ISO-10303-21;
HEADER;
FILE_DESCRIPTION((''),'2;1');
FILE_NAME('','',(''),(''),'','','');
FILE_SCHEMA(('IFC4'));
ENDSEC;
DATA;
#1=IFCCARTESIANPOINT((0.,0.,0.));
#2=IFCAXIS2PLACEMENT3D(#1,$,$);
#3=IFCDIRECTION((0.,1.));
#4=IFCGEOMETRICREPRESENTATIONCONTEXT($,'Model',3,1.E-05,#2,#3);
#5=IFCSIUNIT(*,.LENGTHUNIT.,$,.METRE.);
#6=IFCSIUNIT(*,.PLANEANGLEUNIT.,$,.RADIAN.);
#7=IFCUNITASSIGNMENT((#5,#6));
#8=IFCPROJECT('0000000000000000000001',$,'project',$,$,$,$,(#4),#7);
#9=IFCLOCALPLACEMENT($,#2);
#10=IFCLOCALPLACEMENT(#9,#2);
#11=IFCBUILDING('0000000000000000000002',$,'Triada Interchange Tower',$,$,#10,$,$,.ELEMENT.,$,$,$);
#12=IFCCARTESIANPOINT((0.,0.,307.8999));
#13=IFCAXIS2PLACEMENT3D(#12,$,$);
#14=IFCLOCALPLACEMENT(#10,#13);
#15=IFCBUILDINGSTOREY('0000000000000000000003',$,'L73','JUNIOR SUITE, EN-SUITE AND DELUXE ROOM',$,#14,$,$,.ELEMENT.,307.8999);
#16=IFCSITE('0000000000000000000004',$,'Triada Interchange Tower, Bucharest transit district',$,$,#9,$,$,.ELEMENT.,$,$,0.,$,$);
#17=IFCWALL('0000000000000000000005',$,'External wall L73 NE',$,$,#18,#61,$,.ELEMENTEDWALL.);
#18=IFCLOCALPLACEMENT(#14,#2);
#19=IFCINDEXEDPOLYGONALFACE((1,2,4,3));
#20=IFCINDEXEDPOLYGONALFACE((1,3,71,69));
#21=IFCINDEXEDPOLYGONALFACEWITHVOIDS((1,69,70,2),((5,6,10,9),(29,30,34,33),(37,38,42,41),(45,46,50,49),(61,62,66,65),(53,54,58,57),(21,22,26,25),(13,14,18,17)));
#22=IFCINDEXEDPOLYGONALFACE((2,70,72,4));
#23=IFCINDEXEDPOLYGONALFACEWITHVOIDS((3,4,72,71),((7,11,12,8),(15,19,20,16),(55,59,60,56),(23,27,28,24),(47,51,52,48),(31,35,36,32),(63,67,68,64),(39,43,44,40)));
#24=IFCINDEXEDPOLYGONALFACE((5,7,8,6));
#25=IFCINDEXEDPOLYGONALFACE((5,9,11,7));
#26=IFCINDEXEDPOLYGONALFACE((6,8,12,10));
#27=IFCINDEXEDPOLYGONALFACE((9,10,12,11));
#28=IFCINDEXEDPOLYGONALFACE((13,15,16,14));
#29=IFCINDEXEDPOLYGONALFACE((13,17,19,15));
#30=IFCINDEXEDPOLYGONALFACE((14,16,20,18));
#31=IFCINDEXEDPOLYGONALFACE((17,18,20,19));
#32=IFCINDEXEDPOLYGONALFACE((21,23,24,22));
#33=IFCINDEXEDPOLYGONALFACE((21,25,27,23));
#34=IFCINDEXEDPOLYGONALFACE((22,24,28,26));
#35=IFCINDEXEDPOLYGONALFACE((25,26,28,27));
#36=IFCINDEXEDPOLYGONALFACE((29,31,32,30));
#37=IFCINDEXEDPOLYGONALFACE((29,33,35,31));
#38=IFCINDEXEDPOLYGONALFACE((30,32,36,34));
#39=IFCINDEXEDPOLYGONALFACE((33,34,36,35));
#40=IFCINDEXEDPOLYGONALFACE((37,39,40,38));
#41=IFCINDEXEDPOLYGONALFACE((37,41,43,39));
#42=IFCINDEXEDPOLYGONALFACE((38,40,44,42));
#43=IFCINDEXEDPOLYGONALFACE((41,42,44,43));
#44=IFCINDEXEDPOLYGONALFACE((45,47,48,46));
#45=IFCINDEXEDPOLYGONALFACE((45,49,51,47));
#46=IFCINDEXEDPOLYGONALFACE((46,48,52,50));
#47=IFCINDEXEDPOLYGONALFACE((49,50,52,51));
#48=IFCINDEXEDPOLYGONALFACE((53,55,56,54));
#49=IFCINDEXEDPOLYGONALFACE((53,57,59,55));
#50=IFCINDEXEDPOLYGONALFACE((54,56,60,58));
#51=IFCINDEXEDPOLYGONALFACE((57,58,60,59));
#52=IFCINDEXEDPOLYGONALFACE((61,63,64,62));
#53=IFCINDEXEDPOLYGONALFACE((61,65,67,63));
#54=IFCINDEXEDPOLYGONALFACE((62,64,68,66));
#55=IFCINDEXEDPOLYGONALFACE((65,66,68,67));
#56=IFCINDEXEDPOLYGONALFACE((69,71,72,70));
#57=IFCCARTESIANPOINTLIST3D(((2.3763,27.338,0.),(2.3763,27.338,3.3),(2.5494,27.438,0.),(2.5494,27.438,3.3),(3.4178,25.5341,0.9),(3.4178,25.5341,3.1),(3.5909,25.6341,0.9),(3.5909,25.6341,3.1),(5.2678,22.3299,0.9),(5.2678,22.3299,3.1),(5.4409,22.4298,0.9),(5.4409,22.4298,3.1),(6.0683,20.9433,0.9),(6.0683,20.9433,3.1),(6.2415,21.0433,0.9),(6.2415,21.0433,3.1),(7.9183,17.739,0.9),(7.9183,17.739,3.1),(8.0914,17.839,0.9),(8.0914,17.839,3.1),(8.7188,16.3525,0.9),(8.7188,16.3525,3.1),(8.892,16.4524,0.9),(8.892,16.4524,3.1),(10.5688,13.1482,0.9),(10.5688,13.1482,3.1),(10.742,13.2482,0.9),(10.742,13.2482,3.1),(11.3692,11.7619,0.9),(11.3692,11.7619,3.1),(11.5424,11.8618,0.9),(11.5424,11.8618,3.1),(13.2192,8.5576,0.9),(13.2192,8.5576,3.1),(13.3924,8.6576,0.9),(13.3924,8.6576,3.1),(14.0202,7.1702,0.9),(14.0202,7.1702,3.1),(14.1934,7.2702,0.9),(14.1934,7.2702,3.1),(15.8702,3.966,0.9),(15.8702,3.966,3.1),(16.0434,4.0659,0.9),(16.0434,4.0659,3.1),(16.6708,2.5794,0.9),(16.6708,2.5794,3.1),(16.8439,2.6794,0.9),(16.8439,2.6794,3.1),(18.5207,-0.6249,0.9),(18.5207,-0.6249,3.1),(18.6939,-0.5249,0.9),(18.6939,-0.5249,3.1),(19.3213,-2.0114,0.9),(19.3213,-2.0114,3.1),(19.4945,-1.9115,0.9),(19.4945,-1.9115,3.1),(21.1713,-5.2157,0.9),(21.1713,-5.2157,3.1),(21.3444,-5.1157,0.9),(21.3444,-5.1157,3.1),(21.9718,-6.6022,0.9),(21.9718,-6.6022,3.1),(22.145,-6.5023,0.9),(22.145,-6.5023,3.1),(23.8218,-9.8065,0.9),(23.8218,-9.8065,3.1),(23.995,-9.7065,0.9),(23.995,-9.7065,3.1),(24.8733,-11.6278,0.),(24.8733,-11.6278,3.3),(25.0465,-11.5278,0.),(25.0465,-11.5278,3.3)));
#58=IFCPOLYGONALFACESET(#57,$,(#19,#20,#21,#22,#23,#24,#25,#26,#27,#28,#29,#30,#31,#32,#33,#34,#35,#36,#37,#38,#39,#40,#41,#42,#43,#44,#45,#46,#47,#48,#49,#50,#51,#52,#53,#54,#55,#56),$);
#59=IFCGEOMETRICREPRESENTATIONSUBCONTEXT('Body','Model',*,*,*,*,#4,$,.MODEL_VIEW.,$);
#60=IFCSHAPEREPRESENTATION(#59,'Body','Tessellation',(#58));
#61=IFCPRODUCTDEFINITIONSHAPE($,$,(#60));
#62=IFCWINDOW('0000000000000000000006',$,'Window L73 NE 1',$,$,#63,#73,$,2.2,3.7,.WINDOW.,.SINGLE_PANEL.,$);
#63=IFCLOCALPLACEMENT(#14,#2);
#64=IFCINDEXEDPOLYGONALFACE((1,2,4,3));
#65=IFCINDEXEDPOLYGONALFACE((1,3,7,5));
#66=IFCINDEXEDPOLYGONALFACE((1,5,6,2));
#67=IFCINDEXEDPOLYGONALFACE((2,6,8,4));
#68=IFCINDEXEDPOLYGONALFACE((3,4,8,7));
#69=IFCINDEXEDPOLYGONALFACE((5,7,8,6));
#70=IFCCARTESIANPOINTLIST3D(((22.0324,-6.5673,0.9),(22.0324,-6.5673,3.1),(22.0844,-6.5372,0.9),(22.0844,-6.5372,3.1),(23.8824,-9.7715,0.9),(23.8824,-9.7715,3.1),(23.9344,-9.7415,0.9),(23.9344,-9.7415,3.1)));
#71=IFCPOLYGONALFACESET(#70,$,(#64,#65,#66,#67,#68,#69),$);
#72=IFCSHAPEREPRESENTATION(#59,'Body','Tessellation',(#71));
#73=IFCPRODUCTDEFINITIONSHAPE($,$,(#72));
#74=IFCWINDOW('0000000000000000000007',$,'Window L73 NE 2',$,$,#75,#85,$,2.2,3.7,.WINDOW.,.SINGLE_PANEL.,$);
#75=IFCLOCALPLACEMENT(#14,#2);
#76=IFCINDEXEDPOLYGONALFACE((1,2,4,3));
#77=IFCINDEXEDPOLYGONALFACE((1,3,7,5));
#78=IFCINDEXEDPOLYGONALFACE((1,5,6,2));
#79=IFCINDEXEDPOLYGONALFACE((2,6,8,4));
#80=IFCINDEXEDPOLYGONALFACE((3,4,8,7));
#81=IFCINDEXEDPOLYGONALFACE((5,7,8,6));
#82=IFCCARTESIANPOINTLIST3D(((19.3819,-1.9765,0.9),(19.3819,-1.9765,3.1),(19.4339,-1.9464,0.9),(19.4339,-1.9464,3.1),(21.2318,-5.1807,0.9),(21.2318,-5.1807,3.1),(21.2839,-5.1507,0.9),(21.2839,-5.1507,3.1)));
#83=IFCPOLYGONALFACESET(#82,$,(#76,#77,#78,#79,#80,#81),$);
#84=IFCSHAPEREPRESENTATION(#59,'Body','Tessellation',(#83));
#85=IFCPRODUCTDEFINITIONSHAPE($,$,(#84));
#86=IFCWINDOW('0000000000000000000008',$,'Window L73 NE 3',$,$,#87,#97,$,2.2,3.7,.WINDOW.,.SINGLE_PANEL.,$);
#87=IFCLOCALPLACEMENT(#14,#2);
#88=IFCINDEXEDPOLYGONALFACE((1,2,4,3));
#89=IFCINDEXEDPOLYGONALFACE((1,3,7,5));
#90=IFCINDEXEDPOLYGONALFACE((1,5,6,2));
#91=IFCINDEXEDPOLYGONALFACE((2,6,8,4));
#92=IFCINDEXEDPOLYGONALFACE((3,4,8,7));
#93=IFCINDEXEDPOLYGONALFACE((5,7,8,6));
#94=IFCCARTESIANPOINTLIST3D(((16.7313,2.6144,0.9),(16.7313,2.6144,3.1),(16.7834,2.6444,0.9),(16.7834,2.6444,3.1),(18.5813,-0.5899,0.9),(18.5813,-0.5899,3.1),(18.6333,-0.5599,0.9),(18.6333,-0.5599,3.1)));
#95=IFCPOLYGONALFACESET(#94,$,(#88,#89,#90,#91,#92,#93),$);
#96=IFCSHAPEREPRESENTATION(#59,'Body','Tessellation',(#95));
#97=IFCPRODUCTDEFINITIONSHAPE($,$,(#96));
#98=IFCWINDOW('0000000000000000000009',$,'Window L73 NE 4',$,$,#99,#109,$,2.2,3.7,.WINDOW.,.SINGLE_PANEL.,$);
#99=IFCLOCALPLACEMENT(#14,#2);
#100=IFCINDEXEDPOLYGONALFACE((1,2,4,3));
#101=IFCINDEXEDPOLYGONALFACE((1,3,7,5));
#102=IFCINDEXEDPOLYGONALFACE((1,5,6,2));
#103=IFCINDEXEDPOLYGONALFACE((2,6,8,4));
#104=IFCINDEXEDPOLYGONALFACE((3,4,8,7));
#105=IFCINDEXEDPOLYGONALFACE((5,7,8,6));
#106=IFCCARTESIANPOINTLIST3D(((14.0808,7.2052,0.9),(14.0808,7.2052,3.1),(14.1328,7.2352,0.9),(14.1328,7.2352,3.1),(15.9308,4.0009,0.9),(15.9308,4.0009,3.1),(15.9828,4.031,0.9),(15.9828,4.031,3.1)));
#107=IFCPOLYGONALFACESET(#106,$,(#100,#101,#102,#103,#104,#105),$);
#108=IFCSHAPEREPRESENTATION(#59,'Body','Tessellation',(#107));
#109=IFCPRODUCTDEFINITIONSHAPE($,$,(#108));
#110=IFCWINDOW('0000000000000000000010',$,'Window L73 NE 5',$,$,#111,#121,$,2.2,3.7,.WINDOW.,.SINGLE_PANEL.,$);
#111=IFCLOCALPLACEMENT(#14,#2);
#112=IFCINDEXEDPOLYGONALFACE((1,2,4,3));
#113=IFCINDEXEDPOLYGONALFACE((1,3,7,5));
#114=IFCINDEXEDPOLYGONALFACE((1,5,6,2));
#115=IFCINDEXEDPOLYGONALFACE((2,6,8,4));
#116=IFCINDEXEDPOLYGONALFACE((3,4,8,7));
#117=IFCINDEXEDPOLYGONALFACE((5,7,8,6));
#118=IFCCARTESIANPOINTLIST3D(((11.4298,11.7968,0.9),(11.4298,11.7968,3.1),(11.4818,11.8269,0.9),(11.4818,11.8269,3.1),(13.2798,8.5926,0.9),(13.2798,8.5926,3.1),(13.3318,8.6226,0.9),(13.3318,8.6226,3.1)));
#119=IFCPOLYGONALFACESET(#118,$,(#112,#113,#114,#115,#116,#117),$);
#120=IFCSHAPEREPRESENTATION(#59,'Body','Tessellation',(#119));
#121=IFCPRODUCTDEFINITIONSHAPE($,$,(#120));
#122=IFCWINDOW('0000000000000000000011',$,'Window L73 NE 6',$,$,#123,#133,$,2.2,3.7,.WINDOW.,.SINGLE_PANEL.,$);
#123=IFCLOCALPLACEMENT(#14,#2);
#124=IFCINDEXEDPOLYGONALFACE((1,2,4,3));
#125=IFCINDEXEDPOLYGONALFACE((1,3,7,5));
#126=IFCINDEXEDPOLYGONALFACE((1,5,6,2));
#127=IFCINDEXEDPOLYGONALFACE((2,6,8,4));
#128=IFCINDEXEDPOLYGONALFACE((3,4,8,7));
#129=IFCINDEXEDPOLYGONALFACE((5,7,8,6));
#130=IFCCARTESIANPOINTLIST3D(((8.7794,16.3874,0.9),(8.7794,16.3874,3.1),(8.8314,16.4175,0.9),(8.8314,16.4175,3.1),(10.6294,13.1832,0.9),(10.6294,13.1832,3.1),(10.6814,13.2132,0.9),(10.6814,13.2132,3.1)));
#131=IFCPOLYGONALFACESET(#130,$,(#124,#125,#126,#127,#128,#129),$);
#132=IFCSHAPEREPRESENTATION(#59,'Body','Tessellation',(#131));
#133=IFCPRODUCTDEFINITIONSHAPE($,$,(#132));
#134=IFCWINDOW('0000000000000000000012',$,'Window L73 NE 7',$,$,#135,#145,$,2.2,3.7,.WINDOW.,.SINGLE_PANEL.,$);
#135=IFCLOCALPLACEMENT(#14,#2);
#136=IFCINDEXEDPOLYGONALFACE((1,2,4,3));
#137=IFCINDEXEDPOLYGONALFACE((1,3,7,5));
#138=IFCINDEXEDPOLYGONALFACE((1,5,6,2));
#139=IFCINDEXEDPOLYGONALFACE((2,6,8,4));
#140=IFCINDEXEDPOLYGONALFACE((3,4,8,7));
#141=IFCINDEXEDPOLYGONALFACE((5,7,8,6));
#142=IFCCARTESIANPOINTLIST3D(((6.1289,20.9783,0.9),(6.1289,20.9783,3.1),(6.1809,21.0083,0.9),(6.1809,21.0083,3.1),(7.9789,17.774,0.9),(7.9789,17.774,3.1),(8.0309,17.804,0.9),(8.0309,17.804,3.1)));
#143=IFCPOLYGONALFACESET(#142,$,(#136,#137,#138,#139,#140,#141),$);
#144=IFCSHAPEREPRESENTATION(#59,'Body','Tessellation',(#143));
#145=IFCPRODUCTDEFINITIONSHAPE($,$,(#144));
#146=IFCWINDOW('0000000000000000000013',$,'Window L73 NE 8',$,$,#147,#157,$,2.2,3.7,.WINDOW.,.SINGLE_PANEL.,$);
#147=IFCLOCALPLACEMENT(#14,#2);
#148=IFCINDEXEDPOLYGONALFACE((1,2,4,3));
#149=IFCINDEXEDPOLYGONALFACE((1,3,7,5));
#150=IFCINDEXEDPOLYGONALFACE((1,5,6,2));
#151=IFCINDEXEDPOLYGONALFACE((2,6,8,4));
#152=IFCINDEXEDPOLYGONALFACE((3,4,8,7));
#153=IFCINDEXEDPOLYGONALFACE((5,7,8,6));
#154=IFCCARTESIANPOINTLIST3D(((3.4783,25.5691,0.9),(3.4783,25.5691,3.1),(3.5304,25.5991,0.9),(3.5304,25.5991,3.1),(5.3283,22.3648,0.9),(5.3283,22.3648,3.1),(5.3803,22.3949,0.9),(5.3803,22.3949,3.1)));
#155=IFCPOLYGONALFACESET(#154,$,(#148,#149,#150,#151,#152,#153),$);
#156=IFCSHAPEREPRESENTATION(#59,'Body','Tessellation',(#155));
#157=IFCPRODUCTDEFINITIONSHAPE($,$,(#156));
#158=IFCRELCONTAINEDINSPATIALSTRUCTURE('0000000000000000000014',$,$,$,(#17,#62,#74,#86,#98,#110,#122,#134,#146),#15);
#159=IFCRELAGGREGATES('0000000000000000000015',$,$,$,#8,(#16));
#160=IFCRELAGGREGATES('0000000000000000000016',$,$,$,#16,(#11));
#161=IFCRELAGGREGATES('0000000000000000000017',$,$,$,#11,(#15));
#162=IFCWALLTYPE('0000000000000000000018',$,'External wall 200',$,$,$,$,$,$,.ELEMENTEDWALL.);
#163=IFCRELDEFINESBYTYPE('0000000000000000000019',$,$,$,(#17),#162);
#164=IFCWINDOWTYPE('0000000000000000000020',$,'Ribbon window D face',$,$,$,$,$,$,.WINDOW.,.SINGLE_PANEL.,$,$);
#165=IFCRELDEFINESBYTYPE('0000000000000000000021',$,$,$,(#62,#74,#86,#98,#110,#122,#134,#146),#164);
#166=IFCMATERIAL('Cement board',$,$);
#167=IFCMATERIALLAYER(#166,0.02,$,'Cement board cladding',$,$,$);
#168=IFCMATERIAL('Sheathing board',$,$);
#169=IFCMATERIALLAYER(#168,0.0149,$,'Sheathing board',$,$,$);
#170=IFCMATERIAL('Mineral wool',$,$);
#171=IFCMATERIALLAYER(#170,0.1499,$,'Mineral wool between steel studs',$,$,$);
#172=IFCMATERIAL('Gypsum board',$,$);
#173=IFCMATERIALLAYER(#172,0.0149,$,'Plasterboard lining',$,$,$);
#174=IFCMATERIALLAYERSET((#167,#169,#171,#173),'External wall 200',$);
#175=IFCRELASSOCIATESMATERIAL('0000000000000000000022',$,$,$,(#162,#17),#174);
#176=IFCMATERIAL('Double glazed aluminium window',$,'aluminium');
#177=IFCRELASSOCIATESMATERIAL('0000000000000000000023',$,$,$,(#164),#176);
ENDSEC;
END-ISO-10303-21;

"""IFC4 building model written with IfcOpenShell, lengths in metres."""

from ifc_helpers import new_model, si_unit, direction, frame, frame_2d, origin, place, context, subcontext, project, spatial, rectangle, extrude, material, layer, layer_set, layer_usage, type_object, element, fill, save


model = new_model("IFC4")

# Units and contexts
model_context = context("Model", 3, precision=1e-05, world=origin(), true_north=direction((0.0, 1.0)))
body_context = subcontext(model_context, "Body", "Model", "MODEL_VIEW")
ifc_project = project(units=[si_unit("LENGTHUNIT", "METRE"), si_unit("PLANEANGLEUNIT", "RADIAN")], contexts=[model_context])

# Site, building, storey
site_placement = place(None, origin())
site = spatial("IfcSite", under=ifc_project, at=site_placement, Name="Triada Interchange Tower, Bucharest transit district", CompositionType="ELEMENT", RefElevation=0.0)
building_placement = place(site_placement, origin())
building = spatial("IfcBuilding", under=site, at=building_placement, Name="Triada Interchange Tower", CompositionType="ELEMENT")
storey_placement = place(building_placement, frame((0.0, 0.0, 307.8999)))
storey = spatial("IfcBuildingStorey", under=building, at=storey_placement, Name="L73", Description="JUNIOR SUITE, EN-SUITE AND DELUXE ROOM", CompositionType="ELEMENT", Elevation=307.8999)

# Shared definitions
ifc_material_1 = material(Name="Cement board")
ifc_layer_1 = layer(ifc_material_1, 0.02, Name="Cement board cladding")
ifc_material_2 = material(Name="Sheathing board")
ifc_layer_2 = layer(ifc_material_2, 0.0149, Name="Sheathing board")
ifc_material_3 = material(Name="Mineral wool")
ifc_layer_3 = layer(ifc_material_3, 0.1499, Name="Mineral wool between steel studs")
ifc_material_4 = material(Name="Gypsum board")
ifc_layer_4 = layer(ifc_material_4, 0.0149, Name="Plasterboard lining")
ifc_layer_set_1 = layer_set([ifc_layer_1, ifc_layer_2, ifc_layer_3, ifc_layer_4], Name="External wall 200")
ifc_layer_usage = layer_usage(ifc_layer_set_1, "AXIS2", "POSITIVE", -0.1001)
wall_type = type_object("IfcWallType", Name="External wall 200", PredefinedType="ELEMENTEDWALL", material=ifc_layer_set_1)
ifc_material_5 = material(Name="Double glazed aluminium window", Category="aluminium")

# Wall, openings, windows
wall_1_placement = place(storey_placement, frame((24.96, -11.5779, 0.0), z_axis=(0.0, 0.0, 1.0), x_axis=(-0.500002, 0.866024, 0.0)))
wall_1 = element("IfcWall", 1, at=wall_1_placement, inside=storey, type_object=wall_type, material=ifc_layer_usage, Name="External wall L73 NE", PredefinedType="ELEMENTEDWALL", context=body_context, shape_type="SweptSolid", body=[
    extrude(rectangle(XDim=44.9939, YDim=0.2, at=frame_2d((22.4971, 0.0))), origin(), (0.0, 0.0, 1.0), 3.3),
])
opening_1_placement = place(wall_1_placement, frame((2.103, 0.0, 0.8999)))
opening_1 = element("IfcOpeningElement", 2, at=opening_1_placement, cuts=wall_1, PredefinedType="OPENING", context=body_context, shape_type="SweptSolid", body=[
    extrude(rectangle(XDim=3.7, YDim=2.2, at=frame_2d((1.8501, 1.1001))), frame((0.0, 0.1099, 0.0), z_axis=(0.0, -1.0, 0.0), x_axis=(1.0, 0.0, 0.0)), (0.0, 0.0, 1.0), 0.22),
])
opening_2_placement = place(wall_1_placement, frame((7.4041, 0.0, 0.8999)))
opening_2 = element("IfcOpeningElement", 3, at=opening_2_placement, cuts=wall_1, PredefinedType="OPENING", context=body_context, shape_type="SweptSolid", body=[
    extrude(rectangle(XDim=3.7, YDim=2.2, at=frame_2d((1.8501, 1.1001))), frame((0.0, 0.1099, 0.0), z_axis=(0.0, -1.0, 0.0), x_axis=(1.0, 0.0, 0.0)), (0.0, 0.0, 1.0), 0.22),
])
opening_3_placement = place(wall_1_placement, frame((12.7051, 0.0, 0.8999)))
opening_3 = element("IfcOpeningElement", 4, at=opening_3_placement, cuts=wall_1, PredefinedType="OPENING", context=body_context, shape_type="SweptSolid", body=[
    extrude(rectangle(XDim=3.7, YDim=2.2, at=frame_2d((1.8501, 1.1001))), frame((0.0, 0.1099, 0.0), z_axis=(0.0, -1.0, 0.0), x_axis=(1.0, 0.0, 0.0)), (0.0, 0.0, 1.0), 0.22),
])
opening_4_placement = place(wall_1_placement, frame((18.0061, 0.0, 0.8999)))
opening_4 = element("IfcOpeningElement", 5, at=opening_4_placement, cuts=wall_1, PredefinedType="OPENING", context=body_context, shape_type="SweptSolid", body=[
    extrude(rectangle(XDim=3.7, YDim=2.2, at=frame_2d((1.8501, 1.1001))), frame((0.0, 0.1099, 0.0), z_axis=(0.0, -1.0, 0.0), x_axis=(1.0, 0.0, 0.0)), (0.0, 0.0, 1.0), 0.22),
])
opening_5_placement = place(wall_1_placement, frame((23.3081, 0.0, 0.8999)))
opening_5 = element("IfcOpeningElement", 6, at=opening_5_placement, cuts=wall_1, PredefinedType="OPENING", context=body_context, shape_type="SweptSolid", body=[
    extrude(rectangle(XDim=3.7, YDim=2.2, at=frame_2d((1.8501, 1.1001))), frame((0.0, 0.1099, 0.0), z_axis=(0.0, -1.0, 0.0), x_axis=(1.0, 0.0, 0.0)), (0.0, 0.0, 1.0), 0.22),
])
opening_6_placement = place(wall_1_placement, frame((28.6089, 0.0, 0.8999)))
opening_6 = element("IfcOpeningElement", 7, at=opening_6_placement, cuts=wall_1, PredefinedType="OPENING", context=body_context, shape_type="SweptSolid", body=[
    extrude(rectangle(XDim=3.7, YDim=2.2, at=frame_2d((1.8501, 1.1001))), frame((0.0, 0.1099, 0.0), z_axis=(0.0, -1.0, 0.0), x_axis=(1.0, 0.0, 0.0)), (0.0, 0.0, 1.0), 0.22),
])
opening_7_placement = place(wall_1_placement, frame((33.9099, 0.0, 0.8999)))
opening_7 = element("IfcOpeningElement", 8, at=opening_7_placement, cuts=wall_1, PredefinedType="OPENING", context=body_context, shape_type="SweptSolid", body=[
    extrude(rectangle(XDim=3.7, YDim=2.2, at=frame_2d((1.8501, 1.1001))), frame((0.0, 0.1099, 0.0), z_axis=(0.0, -1.0, 0.0), x_axis=(1.0, 0.0, 0.0)), (0.0, 0.0, 1.0), 0.22),
])
opening_8_placement = place(wall_1_placement, frame((39.2109, 0.0, 0.8999)))
opening_8 = element("IfcOpeningElement", 9, at=opening_8_placement, cuts=wall_1, PredefinedType="OPENING", context=body_context, shape_type="SweptSolid", body=[
    extrude(rectangle(XDim=3.7, YDim=2.2, at=frame_2d((1.8501, 1.1001))), frame((0.0, 0.1099, 0.0), z_axis=(0.0, -1.0, 0.0), x_axis=(1.0, 0.0, 0.0)), (0.0, 0.0, 1.0), 0.22),
])
window_type_1 = type_object("IfcWindowType", Name="Ribbon window D face", PartitioningType="SINGLE_PANEL", PredefinedType="WINDOW", material=ifc_material_5)
window_1_placement = place(opening_1_placement, origin())
window_1 = element("IfcWindow", 10, at=window_1_placement, inside=storey, type_object=window_type_1, Name="Window L73 NE 1", OverallHeight=2.2, OverallWidth=3.7, PartitioningType="SINGLE_PANEL", PredefinedType="WINDOW", context=body_context, shape_type="SweptSolid", body=[
    extrude(rectangle(XDim=3.7, YDim=2.2, at=frame_2d((1.8501, 1.1001))), frame((0.0, 0.03, 0.0), z_axis=(0.0, -1.0, 0.0), x_axis=(1.0, 0.0, 0.0)), (0.0, 0.0, 1.0), 0.0601),
])
fill(opening_1, window_1)
window_2_placement = place(opening_2_placement, origin())
window_2 = element("IfcWindow", 11, at=window_2_placement, inside=storey, type_object=window_type_1, Name="Window L73 NE 2", OverallHeight=2.2, OverallWidth=3.7, PartitioningType="SINGLE_PANEL", PredefinedType="WINDOW", context=body_context, shape_type="SweptSolid", body=[
    extrude(rectangle(XDim=3.7, YDim=2.2, at=frame_2d((1.8501, 1.1001))), frame((0.0, 0.03, 0.0), z_axis=(0.0, -1.0, 0.0), x_axis=(1.0, 0.0, 0.0)), (0.0, 0.0, 1.0), 0.0601),
])
fill(opening_2, window_2)
window_3_placement = place(opening_3_placement, origin())
window_3 = element("IfcWindow", 12, at=window_3_placement, inside=storey, type_object=window_type_1, Name="Window L73 NE 3", OverallHeight=2.2, OverallWidth=3.7, PartitioningType="SINGLE_PANEL", PredefinedType="WINDOW", context=body_context, shape_type="SweptSolid", body=[
    extrude(rectangle(XDim=3.7, YDim=2.2, at=frame_2d((1.8501, 1.1001))), frame((0.0, 0.03, 0.0), z_axis=(0.0, -1.0, 0.0), x_axis=(1.0, 0.0, 0.0)), (0.0, 0.0, 1.0), 0.0601),
])
fill(opening_3, window_3)
window_4_placement = place(opening_4_placement, origin())
window_4 = element("IfcWindow", 13, at=window_4_placement, inside=storey, type_object=window_type_1, Name="Window L73 NE 4", OverallHeight=2.2, OverallWidth=3.7, PartitioningType="SINGLE_PANEL", PredefinedType="WINDOW", context=body_context, shape_type="SweptSolid", body=[
    extrude(rectangle(XDim=3.7, YDim=2.2, at=frame_2d((1.8501, 1.1001))), frame((0.0, 0.03, 0.0), z_axis=(0.0, -1.0, 0.0), x_axis=(1.0, 0.0, 0.0)), (0.0, 0.0, 1.0), 0.0601),
])
fill(opening_4, window_4)
window_5_placement = place(opening_5_placement, origin())
window_5 = element("IfcWindow", 14, at=window_5_placement, inside=storey, type_object=window_type_1, Name="Window L73 NE 5", OverallHeight=2.2, OverallWidth=3.7, PartitioningType="SINGLE_PANEL", PredefinedType="WINDOW", context=body_context, shape_type="SweptSolid", body=[
    extrude(rectangle(XDim=3.7, YDim=2.2, at=frame_2d((1.8501, 1.1001))), frame((0.0, 0.03, 0.0), z_axis=(0.0, -1.0, 0.0), x_axis=(1.0, 0.0, 0.0)), (0.0, 0.0, 1.0), 0.0601),
])
fill(opening_5, window_5)
window_6_placement = place(opening_6_placement, origin())
window_6 = element("IfcWindow", 15, at=window_6_placement, inside=storey, type_object=window_type_1, Name="Window L73 NE 6", OverallHeight=2.2, OverallWidth=3.7, PartitioningType="SINGLE_PANEL", PredefinedType="WINDOW", context=body_context, shape_type="SweptSolid", body=[
    extrude(rectangle(XDim=3.7, YDim=2.2, at=frame_2d((1.8501, 1.1001))), frame((0.0, 0.03, 0.0), z_axis=(0.0, -1.0, 0.0), x_axis=(1.0, 0.0, 0.0)), (0.0, 0.0, 1.0), 0.0601),
])
fill(opening_6, window_6)
window_7_placement = place(opening_7_placement, origin())
window_7 = element("IfcWindow", 16, at=window_7_placement, inside=storey, type_object=window_type_1, Name="Window L73 NE 7", OverallHeight=2.2, OverallWidth=3.7, PartitioningType="SINGLE_PANEL", PredefinedType="WINDOW", context=body_context, shape_type="SweptSolid", body=[
    extrude(rectangle(XDim=3.7, YDim=2.2, at=frame_2d((1.8501, 1.1001))), frame((0.0, 0.03, 0.0), z_axis=(0.0, -1.0, 0.0), x_axis=(1.0, 0.0, 0.0)), (0.0, 0.0, 1.0), 0.0601),
])
fill(opening_7, window_7)
window_8_placement = place(opening_8_placement, origin())
window_8 = element("IfcWindow", 17, at=window_8_placement, inside=storey, type_object=window_type_1, Name="Window L73 NE 8", OverallHeight=2.2, OverallWidth=3.7, PartitioningType="SINGLE_PANEL", PredefinedType="WINDOW", context=body_context, shape_type="SweptSolid", body=[
    extrude(rectangle(XDim=3.7, YDim=2.2, at=frame_2d((1.8501, 1.1001))), frame((0.0, 0.03, 0.0), z_axis=(0.0, -1.0, 0.0), x_axis=(1.0, 0.0, 0.0)), (0.0, 0.0, 1.0), 0.0601),
])
fill(opening_8, window_8)

save(model, "model.ifc")
